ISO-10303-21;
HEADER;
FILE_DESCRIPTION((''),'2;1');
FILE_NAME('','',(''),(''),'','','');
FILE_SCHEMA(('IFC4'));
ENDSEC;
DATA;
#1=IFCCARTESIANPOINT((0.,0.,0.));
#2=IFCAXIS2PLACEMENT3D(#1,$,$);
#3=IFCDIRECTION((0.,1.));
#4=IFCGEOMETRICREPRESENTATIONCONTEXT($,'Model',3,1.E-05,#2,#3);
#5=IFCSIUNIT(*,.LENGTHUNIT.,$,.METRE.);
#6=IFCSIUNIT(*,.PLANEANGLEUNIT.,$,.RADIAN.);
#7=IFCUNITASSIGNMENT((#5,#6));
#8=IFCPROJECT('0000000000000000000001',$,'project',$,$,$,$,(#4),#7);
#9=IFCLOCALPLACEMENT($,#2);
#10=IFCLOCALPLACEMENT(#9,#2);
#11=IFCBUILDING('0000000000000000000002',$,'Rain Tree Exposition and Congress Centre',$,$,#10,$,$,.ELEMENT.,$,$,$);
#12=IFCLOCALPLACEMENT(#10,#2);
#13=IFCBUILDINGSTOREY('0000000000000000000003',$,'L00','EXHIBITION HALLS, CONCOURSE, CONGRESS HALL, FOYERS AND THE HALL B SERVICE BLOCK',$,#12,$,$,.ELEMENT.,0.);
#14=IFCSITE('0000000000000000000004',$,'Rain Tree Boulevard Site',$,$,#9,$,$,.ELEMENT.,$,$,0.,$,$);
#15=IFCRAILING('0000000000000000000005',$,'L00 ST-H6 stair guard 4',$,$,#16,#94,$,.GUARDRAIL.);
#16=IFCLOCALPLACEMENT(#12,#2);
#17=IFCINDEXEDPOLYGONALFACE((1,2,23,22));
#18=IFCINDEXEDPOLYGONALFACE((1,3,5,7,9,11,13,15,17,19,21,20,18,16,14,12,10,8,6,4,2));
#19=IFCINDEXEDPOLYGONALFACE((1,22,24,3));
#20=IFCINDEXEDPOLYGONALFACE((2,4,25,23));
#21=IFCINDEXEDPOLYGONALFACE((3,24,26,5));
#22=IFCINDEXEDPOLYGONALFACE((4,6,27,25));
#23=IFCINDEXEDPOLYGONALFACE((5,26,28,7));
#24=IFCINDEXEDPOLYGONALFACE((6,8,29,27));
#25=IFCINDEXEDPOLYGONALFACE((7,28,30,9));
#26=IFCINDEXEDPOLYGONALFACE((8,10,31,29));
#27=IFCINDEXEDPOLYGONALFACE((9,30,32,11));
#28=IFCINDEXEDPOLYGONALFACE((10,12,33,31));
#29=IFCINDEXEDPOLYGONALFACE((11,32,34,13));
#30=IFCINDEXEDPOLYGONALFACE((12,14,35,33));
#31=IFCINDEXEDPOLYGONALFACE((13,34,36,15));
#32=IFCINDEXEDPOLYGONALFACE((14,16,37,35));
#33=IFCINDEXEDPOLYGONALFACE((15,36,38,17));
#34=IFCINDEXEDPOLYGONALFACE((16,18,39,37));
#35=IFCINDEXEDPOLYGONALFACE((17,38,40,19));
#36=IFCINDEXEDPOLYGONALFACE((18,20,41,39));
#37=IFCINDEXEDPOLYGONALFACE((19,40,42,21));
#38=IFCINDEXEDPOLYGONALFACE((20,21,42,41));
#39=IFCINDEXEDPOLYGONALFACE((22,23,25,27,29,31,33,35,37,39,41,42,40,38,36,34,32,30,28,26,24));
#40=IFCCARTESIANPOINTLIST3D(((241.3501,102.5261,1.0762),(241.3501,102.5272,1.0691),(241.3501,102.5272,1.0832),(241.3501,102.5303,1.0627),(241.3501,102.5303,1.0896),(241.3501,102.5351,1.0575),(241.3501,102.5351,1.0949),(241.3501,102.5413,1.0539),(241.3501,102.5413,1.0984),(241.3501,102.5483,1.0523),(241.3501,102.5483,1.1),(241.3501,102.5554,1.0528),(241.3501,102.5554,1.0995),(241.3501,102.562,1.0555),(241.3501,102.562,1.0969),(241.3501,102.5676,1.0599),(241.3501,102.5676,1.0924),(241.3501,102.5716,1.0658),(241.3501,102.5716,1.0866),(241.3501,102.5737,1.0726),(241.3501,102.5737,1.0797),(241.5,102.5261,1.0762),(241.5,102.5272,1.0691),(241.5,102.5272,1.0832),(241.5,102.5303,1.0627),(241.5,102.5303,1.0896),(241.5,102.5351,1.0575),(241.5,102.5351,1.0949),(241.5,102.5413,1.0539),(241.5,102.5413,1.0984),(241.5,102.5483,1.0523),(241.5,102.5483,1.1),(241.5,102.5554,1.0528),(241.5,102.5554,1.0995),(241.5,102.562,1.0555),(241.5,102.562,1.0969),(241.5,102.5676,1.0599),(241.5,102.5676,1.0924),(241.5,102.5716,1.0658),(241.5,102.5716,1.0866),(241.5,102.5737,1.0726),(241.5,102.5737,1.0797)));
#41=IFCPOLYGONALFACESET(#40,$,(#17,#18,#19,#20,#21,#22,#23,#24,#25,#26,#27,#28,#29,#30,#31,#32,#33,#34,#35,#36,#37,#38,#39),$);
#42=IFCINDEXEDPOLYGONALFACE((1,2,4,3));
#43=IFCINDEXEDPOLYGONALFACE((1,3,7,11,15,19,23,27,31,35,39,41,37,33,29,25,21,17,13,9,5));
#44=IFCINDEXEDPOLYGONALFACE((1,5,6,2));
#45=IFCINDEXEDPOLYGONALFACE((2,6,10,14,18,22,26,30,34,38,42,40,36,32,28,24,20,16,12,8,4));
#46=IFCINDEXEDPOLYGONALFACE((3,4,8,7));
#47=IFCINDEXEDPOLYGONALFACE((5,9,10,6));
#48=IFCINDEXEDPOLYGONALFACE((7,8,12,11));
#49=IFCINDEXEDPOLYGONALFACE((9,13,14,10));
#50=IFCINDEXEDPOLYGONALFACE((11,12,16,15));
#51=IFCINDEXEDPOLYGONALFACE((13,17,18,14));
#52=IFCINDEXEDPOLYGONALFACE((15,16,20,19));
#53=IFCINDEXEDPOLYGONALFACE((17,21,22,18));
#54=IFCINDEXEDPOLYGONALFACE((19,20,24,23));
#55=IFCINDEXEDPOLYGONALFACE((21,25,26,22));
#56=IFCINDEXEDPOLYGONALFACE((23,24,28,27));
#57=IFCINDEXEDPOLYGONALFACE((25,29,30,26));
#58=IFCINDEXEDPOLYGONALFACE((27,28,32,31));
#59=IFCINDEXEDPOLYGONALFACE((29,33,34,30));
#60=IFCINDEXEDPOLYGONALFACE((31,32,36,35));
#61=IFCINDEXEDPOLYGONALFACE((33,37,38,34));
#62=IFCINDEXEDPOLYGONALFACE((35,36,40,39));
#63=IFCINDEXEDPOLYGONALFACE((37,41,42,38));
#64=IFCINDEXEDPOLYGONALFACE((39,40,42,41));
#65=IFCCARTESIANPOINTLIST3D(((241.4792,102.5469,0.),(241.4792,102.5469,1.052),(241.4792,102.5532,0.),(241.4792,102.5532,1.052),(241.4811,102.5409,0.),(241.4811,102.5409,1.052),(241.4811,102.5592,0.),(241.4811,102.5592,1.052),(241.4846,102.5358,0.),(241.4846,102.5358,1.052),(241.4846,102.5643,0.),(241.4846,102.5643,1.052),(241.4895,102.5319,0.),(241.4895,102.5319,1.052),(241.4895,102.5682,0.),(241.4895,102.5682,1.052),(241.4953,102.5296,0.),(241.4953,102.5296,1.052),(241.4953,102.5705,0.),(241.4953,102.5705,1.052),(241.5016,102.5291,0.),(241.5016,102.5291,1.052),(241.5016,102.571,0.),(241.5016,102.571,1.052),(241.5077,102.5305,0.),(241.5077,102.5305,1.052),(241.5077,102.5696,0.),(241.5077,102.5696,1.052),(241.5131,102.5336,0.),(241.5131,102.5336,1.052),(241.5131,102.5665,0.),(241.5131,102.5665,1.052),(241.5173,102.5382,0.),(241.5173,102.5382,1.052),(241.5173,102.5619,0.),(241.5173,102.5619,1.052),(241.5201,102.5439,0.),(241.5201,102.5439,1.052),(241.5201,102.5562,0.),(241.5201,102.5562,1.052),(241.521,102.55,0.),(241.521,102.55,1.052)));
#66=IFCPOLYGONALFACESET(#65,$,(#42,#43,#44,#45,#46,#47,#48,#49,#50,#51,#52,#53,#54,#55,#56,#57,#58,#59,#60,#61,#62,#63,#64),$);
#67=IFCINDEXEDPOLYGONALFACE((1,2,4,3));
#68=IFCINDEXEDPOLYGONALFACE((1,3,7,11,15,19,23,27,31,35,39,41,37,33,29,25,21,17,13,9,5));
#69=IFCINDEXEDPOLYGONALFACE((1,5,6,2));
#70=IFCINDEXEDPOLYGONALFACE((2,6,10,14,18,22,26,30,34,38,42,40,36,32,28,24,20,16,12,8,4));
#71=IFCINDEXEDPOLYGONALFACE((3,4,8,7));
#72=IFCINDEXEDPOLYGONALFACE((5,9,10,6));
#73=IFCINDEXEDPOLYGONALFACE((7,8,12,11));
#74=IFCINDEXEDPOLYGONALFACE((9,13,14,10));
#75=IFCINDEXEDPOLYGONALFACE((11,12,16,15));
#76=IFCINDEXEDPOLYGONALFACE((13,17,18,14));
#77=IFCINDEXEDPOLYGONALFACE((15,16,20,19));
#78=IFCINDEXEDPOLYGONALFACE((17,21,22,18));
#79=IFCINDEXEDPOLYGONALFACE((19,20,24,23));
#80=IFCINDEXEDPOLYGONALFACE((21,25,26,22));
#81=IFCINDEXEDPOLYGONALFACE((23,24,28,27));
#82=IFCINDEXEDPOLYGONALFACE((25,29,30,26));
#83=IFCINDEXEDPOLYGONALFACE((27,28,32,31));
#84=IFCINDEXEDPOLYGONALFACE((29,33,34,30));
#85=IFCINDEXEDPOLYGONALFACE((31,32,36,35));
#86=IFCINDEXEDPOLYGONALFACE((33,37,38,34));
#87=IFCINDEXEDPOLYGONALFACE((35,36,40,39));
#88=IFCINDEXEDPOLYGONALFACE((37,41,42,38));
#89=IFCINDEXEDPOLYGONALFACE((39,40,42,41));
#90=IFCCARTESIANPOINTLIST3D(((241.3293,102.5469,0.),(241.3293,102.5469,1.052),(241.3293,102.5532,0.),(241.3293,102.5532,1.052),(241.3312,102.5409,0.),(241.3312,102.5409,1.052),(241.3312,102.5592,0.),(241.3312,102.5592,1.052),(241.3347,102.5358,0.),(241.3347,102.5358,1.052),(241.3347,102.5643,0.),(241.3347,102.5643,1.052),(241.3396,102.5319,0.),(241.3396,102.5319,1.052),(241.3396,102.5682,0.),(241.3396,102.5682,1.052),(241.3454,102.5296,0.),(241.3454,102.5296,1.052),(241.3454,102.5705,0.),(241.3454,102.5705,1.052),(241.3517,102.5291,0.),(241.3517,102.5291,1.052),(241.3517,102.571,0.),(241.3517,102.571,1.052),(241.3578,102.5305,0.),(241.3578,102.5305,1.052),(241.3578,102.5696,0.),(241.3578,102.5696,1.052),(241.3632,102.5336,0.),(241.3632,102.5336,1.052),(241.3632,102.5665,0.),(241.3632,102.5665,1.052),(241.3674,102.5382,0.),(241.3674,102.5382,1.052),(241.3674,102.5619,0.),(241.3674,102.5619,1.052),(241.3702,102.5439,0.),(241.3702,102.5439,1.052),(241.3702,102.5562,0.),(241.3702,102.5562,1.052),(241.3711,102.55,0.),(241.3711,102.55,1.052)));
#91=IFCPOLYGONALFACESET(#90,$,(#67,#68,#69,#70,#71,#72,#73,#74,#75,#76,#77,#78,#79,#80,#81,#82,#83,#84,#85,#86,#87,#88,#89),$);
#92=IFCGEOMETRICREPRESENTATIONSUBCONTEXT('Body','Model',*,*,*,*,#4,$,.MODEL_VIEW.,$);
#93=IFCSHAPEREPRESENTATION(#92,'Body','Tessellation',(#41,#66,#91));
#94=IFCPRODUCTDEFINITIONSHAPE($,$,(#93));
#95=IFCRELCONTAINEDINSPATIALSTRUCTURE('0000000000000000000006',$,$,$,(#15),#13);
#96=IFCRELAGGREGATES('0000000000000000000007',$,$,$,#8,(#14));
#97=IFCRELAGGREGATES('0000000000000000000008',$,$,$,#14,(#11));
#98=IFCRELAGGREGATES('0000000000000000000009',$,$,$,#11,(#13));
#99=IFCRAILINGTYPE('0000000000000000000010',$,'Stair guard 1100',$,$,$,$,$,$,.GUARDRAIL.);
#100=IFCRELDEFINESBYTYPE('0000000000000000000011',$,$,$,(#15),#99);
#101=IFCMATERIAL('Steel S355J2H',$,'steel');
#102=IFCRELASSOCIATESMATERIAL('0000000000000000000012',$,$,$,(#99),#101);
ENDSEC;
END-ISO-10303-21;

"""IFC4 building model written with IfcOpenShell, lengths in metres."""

from ifc_helpers import new_model, si_unit, direction, frame, origin, origin_2d, place, context, subcontext, project, spatial, circle, extrude, material, type_object, element, save


model = new_model("IFC4")

# Units and contexts
model_context = context("Model", 3, precision=1e-05, world=origin(), true_north=direction((0.0, 1.0)))
body_context = subcontext(model_context, "Body", "Model", "MODEL_VIEW")
ifc_project = project(units=[si_unit("LENGTHUNIT", "METRE"), si_unit("PLANEANGLEUNIT", "RADIAN")], contexts=[model_context])

# Site, building, storey
site_placement = place(None, origin())
site = spatial("IfcSite", under=ifc_project, at=site_placement, Name="Rain Tree Boulevard Site", CompositionType="ELEMENT", RefElevation=0.0)
building_placement = place(site_placement, origin())
building = spatial("IfcBuilding", under=site, at=building_placement, Name="Rain Tree Exposition and Congress Centre", CompositionType="ELEMENT")
storey_placement = place(building_placement, origin())
storey = spatial("IfcBuildingStorey", under=building, at=storey_placement, Name="L00", Description="EXHIBITION HALLS, CONCOURSE, CONGRESS HALL, FOYERS AND THE HALL B SERVICE BLOCK", CompositionType="ELEMENT", Elevation=0.0)

# Railing
ifc_material_1 = material(Name="Steel S355J2H", Category="steel")
railing_type_1 = type_object("IfcRailingType", Name="Stair guard 1100", PredefinedType="GUARDRAIL", material=ifc_material_1)
railing_1_placement = place(storey_placement, frame((241.5, 102.55, 0.0)))
element("IfcRailing", 1, at=railing_1_placement, inside=storey, type_object=railing_type_1, Name="L00 ST-H6 stair guard 4", PredefinedType="GUARDRAIL", context=body_context, shape_type="SweptSolid", body=[
    extrude(circle(Radius=0.0239, at=origin_2d()), frame((0.0, 0.0, 1.0762), z_axis=(-1.0, 0.0, 0.0), x_axis=(0.0, -1.0, 0.0)), (0.0, 0.0, 1.0), 0.1499),
    extrude(circle(Radius=0.021, at=origin_2d()), origin(), (0.0, 0.0, 1.0), 1.052),
    extrude(circle(Radius=0.021, at=origin_2d()), frame((-0.1499, 0.0, 0.0)), (0.0, 0.0, 1.0), 1.052),
])

save(model, "model.ifc")
